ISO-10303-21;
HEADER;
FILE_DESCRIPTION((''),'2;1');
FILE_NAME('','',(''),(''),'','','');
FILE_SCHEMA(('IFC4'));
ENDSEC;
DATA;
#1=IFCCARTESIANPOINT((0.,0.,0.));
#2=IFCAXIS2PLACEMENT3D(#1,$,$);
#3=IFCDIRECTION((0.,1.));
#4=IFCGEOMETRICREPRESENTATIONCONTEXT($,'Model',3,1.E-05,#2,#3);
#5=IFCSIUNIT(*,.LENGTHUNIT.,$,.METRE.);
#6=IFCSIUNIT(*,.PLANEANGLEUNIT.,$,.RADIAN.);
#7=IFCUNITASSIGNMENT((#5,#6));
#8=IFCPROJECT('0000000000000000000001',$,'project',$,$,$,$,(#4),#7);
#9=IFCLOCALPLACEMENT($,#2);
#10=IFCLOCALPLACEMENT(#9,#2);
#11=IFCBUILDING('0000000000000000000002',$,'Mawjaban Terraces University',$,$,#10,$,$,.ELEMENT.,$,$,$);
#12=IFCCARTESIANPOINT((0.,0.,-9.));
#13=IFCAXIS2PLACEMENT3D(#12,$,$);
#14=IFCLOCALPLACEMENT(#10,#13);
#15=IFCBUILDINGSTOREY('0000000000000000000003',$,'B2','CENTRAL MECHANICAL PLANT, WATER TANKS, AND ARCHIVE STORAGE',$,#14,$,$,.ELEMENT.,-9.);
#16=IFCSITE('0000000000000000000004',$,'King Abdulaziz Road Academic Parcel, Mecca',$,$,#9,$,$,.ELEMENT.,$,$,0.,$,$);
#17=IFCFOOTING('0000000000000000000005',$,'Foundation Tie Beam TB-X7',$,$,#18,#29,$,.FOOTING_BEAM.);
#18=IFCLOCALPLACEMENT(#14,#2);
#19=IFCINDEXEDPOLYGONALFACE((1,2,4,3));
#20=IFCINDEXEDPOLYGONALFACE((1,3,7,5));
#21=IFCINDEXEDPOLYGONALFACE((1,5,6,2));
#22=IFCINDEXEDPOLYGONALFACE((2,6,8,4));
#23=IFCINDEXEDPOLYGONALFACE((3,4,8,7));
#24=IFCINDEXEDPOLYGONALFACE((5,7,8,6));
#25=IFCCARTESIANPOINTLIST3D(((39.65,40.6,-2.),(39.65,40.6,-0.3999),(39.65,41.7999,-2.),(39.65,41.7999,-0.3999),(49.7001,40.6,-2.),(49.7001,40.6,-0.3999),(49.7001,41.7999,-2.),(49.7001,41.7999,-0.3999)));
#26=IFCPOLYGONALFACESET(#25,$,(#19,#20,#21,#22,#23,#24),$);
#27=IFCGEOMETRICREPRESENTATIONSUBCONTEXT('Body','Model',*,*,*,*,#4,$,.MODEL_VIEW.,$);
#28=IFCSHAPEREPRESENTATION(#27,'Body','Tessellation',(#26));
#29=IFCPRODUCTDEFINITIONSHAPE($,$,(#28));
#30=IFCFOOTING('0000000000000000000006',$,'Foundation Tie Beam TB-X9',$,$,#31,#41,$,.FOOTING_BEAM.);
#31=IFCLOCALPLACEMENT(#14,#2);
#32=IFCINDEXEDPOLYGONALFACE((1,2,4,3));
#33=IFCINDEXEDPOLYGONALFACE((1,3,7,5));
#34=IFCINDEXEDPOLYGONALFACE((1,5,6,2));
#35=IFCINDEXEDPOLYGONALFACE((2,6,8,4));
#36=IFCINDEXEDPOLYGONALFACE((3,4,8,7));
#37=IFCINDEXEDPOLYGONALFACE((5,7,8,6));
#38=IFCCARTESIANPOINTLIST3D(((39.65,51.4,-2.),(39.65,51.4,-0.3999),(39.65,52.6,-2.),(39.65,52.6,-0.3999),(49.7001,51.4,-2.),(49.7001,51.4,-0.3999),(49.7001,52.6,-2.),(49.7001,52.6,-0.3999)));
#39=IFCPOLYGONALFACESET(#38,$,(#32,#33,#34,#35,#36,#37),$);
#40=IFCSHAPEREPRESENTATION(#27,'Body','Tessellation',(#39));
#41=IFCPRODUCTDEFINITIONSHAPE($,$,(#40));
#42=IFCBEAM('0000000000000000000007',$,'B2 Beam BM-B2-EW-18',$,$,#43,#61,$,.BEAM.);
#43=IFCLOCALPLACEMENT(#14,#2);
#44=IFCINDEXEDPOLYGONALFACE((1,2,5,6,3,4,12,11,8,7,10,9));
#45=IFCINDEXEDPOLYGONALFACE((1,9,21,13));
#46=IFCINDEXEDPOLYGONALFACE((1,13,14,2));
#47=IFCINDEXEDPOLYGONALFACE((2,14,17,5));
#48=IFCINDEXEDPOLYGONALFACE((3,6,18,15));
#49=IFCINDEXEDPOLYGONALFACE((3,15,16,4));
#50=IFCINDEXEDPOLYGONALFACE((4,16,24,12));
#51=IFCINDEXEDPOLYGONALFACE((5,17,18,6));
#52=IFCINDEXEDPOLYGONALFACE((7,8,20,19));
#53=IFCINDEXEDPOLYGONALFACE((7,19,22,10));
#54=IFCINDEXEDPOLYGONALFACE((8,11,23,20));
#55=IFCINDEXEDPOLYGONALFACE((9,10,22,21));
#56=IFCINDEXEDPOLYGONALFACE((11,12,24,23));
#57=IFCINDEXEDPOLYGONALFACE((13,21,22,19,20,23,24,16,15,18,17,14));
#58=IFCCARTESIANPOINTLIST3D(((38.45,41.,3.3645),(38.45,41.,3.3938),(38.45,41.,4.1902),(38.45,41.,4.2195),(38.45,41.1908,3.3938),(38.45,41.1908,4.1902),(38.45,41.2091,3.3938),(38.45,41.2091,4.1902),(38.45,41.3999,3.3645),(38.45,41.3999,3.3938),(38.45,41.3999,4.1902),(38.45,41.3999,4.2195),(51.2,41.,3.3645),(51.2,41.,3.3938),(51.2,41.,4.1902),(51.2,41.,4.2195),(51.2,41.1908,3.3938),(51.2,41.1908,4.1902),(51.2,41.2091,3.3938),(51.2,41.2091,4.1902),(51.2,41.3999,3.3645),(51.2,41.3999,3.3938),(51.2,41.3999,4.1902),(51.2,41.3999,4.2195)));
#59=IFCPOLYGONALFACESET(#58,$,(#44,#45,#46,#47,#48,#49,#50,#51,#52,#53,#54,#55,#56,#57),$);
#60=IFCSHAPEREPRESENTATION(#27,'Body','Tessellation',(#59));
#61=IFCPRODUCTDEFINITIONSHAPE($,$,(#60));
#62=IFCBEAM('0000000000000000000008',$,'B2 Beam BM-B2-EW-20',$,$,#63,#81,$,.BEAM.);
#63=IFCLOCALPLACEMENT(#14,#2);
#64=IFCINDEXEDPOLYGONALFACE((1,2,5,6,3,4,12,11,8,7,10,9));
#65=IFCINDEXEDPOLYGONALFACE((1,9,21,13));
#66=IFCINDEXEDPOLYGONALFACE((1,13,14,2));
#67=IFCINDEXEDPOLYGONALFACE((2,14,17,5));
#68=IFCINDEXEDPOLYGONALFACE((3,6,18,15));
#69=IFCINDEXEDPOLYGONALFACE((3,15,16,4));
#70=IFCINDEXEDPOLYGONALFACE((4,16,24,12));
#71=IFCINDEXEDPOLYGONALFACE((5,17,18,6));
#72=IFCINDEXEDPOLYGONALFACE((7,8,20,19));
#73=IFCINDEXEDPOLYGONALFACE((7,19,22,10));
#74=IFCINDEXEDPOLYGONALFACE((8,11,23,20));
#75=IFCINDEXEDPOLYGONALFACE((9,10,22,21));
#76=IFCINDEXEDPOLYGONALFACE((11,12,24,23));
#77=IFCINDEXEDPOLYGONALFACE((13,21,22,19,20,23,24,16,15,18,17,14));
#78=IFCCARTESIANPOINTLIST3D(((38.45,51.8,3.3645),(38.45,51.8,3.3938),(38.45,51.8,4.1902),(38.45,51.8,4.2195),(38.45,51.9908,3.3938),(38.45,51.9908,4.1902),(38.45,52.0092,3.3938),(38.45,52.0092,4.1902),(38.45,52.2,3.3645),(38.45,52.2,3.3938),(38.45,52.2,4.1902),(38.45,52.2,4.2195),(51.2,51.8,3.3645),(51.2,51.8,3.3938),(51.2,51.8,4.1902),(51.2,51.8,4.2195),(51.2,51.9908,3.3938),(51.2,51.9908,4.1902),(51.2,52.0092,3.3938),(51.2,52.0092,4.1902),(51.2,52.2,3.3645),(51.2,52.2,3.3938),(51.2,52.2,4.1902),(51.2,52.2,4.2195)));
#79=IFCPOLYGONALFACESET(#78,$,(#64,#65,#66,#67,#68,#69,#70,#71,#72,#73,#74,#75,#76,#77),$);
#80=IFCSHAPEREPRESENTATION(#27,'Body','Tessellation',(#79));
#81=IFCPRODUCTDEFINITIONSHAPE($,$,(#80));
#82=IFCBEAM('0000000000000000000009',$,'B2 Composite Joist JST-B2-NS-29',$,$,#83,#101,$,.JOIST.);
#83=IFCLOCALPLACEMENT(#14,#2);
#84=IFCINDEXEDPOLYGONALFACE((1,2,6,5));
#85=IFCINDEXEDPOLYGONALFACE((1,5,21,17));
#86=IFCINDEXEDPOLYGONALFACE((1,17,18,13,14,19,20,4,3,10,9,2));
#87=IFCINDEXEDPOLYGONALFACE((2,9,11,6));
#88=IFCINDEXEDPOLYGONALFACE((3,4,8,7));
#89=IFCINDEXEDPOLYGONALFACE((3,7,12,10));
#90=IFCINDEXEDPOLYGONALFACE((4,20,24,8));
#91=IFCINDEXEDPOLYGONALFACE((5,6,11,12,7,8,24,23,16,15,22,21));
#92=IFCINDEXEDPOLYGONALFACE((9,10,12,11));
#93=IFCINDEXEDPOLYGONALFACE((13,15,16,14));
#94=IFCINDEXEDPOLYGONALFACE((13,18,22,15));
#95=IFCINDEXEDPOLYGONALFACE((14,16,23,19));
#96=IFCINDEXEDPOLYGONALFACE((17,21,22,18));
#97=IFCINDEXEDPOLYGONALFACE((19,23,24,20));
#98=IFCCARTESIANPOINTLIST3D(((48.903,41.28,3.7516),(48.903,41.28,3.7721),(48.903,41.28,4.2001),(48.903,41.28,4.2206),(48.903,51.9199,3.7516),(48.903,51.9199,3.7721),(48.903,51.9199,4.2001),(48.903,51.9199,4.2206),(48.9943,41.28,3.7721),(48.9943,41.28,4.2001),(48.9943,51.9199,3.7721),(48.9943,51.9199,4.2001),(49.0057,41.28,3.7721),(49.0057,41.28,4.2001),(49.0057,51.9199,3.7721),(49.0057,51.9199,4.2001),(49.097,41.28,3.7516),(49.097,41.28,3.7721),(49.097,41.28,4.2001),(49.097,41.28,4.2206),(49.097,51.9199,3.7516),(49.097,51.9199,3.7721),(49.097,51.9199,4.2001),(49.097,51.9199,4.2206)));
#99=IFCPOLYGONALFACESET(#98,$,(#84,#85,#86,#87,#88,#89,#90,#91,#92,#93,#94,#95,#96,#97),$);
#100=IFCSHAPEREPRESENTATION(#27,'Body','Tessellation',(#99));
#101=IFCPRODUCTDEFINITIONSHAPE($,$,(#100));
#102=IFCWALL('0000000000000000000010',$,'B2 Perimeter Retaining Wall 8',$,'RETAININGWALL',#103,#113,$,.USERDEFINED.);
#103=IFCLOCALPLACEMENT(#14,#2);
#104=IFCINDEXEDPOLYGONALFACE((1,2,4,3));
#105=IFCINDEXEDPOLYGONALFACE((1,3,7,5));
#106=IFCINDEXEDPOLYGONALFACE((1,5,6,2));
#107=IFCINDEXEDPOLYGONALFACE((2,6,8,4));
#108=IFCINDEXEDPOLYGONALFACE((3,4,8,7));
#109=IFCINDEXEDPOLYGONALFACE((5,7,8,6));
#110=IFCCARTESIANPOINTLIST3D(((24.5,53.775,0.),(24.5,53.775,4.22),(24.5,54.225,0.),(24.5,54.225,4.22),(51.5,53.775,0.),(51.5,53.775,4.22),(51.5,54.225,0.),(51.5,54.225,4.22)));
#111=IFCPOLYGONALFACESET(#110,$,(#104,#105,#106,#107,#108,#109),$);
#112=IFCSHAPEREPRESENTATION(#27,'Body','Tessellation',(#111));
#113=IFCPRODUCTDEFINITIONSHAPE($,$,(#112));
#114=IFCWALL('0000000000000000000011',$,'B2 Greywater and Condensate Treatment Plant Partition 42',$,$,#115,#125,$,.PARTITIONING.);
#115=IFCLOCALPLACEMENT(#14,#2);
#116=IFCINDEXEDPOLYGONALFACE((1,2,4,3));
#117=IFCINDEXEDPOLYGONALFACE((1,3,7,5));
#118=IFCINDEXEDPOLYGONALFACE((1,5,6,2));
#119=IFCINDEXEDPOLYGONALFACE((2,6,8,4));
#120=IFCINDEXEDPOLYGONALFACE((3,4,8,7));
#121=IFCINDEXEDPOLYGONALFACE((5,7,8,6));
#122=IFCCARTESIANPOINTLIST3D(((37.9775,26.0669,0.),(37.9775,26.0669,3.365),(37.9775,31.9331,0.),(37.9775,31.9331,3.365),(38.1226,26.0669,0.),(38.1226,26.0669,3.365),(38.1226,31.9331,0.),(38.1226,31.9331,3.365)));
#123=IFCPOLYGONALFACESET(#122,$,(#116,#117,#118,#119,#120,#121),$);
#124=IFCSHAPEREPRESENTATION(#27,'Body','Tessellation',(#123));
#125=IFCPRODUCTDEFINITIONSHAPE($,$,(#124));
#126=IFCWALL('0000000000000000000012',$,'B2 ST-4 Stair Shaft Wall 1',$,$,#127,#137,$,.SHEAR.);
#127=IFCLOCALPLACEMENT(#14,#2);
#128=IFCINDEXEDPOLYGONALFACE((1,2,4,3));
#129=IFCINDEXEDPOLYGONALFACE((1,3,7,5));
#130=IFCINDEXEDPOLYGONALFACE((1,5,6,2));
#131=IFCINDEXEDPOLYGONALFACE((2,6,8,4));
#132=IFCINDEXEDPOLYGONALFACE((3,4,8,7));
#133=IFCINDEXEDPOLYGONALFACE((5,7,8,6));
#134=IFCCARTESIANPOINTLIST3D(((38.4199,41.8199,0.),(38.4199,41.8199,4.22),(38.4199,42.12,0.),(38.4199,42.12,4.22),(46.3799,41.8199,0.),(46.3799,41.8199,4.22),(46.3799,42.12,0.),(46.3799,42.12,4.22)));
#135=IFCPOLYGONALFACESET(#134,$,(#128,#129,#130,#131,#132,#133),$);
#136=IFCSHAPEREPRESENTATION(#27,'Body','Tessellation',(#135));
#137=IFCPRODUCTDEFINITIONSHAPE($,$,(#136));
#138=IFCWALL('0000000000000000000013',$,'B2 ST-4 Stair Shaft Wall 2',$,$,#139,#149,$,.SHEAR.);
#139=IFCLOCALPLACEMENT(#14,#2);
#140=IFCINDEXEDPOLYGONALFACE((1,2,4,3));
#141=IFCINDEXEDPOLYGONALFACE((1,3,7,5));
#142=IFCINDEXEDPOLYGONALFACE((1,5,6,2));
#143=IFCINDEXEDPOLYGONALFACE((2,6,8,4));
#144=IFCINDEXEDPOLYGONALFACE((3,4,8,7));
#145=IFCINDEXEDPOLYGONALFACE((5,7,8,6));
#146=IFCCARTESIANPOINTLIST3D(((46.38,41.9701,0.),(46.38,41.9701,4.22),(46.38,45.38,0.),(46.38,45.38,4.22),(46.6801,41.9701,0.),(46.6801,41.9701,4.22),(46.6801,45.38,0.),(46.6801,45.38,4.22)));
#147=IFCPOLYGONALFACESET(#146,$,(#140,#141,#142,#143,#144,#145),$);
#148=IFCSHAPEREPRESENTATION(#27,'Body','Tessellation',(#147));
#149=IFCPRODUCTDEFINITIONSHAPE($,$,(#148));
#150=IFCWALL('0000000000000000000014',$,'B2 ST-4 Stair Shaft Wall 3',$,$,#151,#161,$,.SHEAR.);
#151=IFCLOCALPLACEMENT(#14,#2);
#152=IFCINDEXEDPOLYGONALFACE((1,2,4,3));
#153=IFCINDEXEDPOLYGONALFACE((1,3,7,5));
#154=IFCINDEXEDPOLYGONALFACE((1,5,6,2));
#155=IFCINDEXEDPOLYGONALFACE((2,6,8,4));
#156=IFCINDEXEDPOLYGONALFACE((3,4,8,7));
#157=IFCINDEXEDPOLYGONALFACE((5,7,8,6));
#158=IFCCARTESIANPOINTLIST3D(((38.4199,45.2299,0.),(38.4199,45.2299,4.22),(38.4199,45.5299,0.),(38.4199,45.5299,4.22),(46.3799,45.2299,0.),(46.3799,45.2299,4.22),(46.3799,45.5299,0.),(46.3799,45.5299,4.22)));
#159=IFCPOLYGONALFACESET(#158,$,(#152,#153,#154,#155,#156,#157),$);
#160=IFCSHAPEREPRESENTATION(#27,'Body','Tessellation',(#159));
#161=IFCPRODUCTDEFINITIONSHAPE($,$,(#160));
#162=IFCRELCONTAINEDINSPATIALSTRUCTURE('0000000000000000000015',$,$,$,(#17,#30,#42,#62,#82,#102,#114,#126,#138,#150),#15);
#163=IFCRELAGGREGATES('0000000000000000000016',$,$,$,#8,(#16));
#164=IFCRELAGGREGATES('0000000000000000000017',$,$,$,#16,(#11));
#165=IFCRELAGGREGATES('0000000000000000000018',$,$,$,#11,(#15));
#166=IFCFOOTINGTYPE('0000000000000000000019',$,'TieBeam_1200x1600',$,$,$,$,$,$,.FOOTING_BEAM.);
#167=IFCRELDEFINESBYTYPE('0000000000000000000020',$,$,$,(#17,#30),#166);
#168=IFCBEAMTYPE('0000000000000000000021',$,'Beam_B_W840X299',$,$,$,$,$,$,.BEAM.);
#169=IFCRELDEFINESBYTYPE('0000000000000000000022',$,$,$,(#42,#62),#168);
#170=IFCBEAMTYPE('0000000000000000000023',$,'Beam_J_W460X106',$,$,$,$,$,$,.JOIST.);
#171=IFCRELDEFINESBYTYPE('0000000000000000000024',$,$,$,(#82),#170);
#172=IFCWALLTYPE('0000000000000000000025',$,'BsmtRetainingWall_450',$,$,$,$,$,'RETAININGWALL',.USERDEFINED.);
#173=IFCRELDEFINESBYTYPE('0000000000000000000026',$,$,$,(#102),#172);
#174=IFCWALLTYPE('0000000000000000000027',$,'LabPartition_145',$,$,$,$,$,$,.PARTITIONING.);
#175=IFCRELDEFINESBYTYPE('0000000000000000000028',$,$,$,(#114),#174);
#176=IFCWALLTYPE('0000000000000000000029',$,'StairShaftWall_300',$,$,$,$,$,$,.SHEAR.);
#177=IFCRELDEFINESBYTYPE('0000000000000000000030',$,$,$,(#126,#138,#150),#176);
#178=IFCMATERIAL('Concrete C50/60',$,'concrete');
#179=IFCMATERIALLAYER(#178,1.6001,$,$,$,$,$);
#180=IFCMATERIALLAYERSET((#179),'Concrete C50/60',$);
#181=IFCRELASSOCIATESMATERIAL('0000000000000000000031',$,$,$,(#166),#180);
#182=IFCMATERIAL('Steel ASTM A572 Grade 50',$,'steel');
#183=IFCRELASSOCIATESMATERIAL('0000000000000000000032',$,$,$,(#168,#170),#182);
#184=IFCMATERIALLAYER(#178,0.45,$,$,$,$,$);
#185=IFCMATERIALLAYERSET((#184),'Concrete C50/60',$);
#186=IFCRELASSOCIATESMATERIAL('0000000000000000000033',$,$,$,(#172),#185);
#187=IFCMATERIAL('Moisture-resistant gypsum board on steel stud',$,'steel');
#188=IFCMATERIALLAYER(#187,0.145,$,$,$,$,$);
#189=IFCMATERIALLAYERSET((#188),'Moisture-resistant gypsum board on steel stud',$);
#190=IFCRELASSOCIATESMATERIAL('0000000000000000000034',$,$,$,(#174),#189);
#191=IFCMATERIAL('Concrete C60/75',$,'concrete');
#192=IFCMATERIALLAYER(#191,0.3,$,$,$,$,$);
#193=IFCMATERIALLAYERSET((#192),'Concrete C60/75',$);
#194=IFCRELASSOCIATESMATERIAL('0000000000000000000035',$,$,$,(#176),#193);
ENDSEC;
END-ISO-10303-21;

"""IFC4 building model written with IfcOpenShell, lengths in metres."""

from ifc_helpers import new_model, si_unit, direction, frame, frame_2d, origin, origin_2d, place, context, subcontext, project, spatial, rectangle, i_section, extrude, material, layer, layer_set, material_profile, profile_set, type_object, element, save


model = new_model("IFC4")

# Units and contexts
model_context = context("Model", 3, precision=1e-05, world=origin(), true_north=direction((0.0, 1.0)))
body_context = subcontext(model_context, "Body", "Model", "MODEL_VIEW")
ifc_project = project(units=[si_unit("LENGTHUNIT", "METRE"), si_unit("PLANEANGLEUNIT", "RADIAN")], contexts=[model_context])

# Site, building, storey
site_placement = place(None, origin())
site = spatial("IfcSite", under=ifc_project, at=site_placement, Name="King Abdulaziz Road Academic Parcel, Mecca", CompositionType="ELEMENT", RefElevation=0.0)
building_placement = place(site_placement, origin())
building = spatial("IfcBuilding", under=site, at=building_placement, Name="Mawjaban Terraces University", CompositionType="ELEMENT")
storey_placement = place(building_placement, frame((0.0, 0.0, -9.0)))
storey = spatial("IfcBuildingStorey", under=building, at=storey_placement, Name="B2", Description="CENTRAL MECHANICAL PLANT, WATER TANKS, AND ARCHIVE STORAGE", CompositionType="ELEMENT", Elevation=-9.0)

# Shared definitions
ifc_material_1 = material(Name="Concrete C50/60", Category="concrete")

# Footings
ifc_layer_1 = layer(ifc_material_1, 1.6001)
ifc_layer_set_1 = layer_set([ifc_layer_1], Name="Concrete C50/60")
footing_type = type_object("IfcFootingType", Name="TieBeam_1200x1600", PredefinedType="FOOTING_BEAM", material=ifc_layer_set_1)
for number, where, z_axis, x_axis, name in (
    (1, (44.675, 41.2, -2.0), (0.0, 0.0, 1.0), (1.0, 0.0, 0.0), "Foundation Tie Beam TB-X7"),
    (2, (44.675, 52.0, -2.0), (0.0, 0.0, 1.0), (1.0, 0.0, 0.0), "Foundation Tie Beam TB-X9"),
):
    element("IfcFooting", number, at=place(storey_placement, frame(where, z_axis=z_axis, x_axis=x_axis)), inside=storey, type_object=footing_type, Name=name, PredefinedType="FOOTING_BEAM", context=body_context, shape_type="SweptSolid", body=[
        extrude(rectangle(XDim=10.05, YDim=1.2, at=origin_2d()), origin(), (0.0, 0.0, 1.0), 1.6001),
    ])

# Beams
ifc_material_2 = material(Name="Steel ASTM A572 Grade 50", Category="steel")
ifc_material_profile_1 = material_profile(ifc_material_2, i_section(OverallWidth=0.3999, OverallDepth=0.855, WebThickness=0.0183, FlangeThickness=0.0293, at=origin_2d()), Name="W840X299")
ifc_profile_set_1 = profile_set([ifc_material_profile_1], Name="Steel ASTM A572 Grade 50")
beam_type_1 = type_object("IfcBeamType", Name="Beam_B_W840X299", PredefinedType="BEAM", material=ifc_profile_set_1)
for number, where, z_axis, x_axis, name in (
    (3, (38.45, 41.2, 3.792), (1.0, 0.0, 0.0), (0.0, 1.0, 0.0), "B2 Beam BM-B2-EW-18"),
    (4, (38.45, 52.0, 3.792), (1.0, 0.0, 0.0), (0.0, 1.0, 0.0), "B2 Beam BM-B2-EW-20"),
):
    element("IfcBeam", number, at=place(storey_placement, frame(where, z_axis=z_axis, x_axis=x_axis)), inside=storey, type_object=beam_type_1, Name=name, PredefinedType="BEAM", context=body_context, shape_type="SweptSolid", body=[
        extrude(i_section(OverallWidth=0.3999, OverallDepth=0.855, WebThickness=0.0183, FlangeThickness=0.0293, at=origin_2d()), origin(), (0.0, 0.0, 1.0), 12.75),
    ])
ifc_material_profile_2 = material_profile(ifc_material_2, i_section(OverallWidth=0.1941, OverallDepth=0.469, WebThickness=0.0115, FlangeThickness=0.0205, at=origin_2d()), Name="W460X106")
ifc_profile_set_2 = profile_set([ifc_material_profile_2], Name="Steel ASTM A572 Grade 50")
beam_type_2 = type_object("IfcBeamType", Name="Beam_J_W460X106", PredefinedType="JOIST", material=ifc_profile_set_2)
beam_placement = place(storey_placement, frame((49.0, 41.28, 3.9861), z_axis=(0.0, 1.0, 0.0), x_axis=(-1.0, 0.0, 0.0)))
element("IfcBeam", 5, at=beam_placement, inside=storey, type_object=beam_type_2, Name="B2 Composite Joist JST-B2-NS-29", PredefinedType="JOIST", context=body_context, shape_type="SweptSolid", body=[
    extrude(i_section(OverallWidth=0.1941, OverallDepth=0.469, WebThickness=0.0115, FlangeThickness=0.0205, at=origin_2d()), origin(), (0.0, 0.0, 1.0), 10.6399),
])

# Walls
ifc_layer_2 = layer(ifc_material_1, 0.45)
ifc_layer_set_2 = layer_set([ifc_layer_2], Name="Concrete C50/60")
wall_type_1 = type_object("IfcWallType", Name="BsmtRetainingWall_450", ElementType="RETAININGWALL", PredefinedType="USERDEFINED", material=ifc_layer_set_2)
wall_1_placement = place(storey_placement, frame((51.5, 54.0, 0.0), z_axis=(0.0, 0.0, 1.0), x_axis=(-1.0, 0.0, 0.0)))
element("IfcWall", 6, at=wall_1_placement, inside=storey, type_object=wall_type_1, Name="B2 Perimeter Retaining Wall 8", ObjectType="RETAININGWALL", PredefinedType="USERDEFINED", context=body_context, shape_type="SweptSolid", body=[
    extrude(rectangle(XDim=27.0, YDim=0.45, at=frame_2d((13.5, 0.0))), origin(), (0.0, 0.0, 1.0), 4.22),
])
ifc_material_3 = material(Name="Moisture-resistant gypsum board on steel stud", Category="steel")
ifc_layer_3 = layer(ifc_material_3, 0.145)
ifc_layer_set_3 = layer_set([ifc_layer_3], Name="Moisture-resistant gypsum board on steel stud")
wall_type_2 = type_object("IfcWallType", Name="LabPartition_145", PredefinedType="PARTITIONING", material=ifc_layer_set_3)
wall_2_placement = place(storey_placement, frame((38.05, 31.9331, 0.0), z_axis=(0.0, 0.0, 1.0), x_axis=(0.0, -1.0, 0.0)))
element("IfcWall", 7, at=wall_2_placement, inside=storey, type_object=wall_type_2, Name="B2 Greywater and Condensate Treatment Plant Partition 42", PredefinedType="PARTITIONING", context=body_context, shape_type="SweptSolid", body=[
    extrude(rectangle(XDim=5.8662, YDim=0.145, at=frame_2d((2.9331, 0.0))), origin(), (0.0, 0.0, 1.0), 3.365),
])
ifc_material_4 = material(Name="Concrete C60/75", Category="concrete")
ifc_layer_4 = layer(ifc_material_4, 0.3)
ifc_layer_set_4 = layer_set([ifc_layer_4], Name="Concrete C60/75")
wall_type_3 = type_object("IfcWallType", Name="StairShaftWall_300", PredefinedType="SHEAR", material=ifc_layer_set_4)
wall_3_placement = place(storey_placement, frame((38.4199, 41.97, 0.0), z_axis=(0.0, 0.0, 1.0), x_axis=(1.0, 0.0, 0.0)))
element("IfcWall", 8, at=wall_3_placement, inside=storey, type_object=wall_type_3, Name="B2 ST-4 Stair Shaft Wall 1", PredefinedType="SHEAR", context=body_context, shape_type="SweptSolid", body=[
    extrude(rectangle(XDim=7.96, YDim=0.3, at=frame_2d((3.98, 0.0))), origin(), (0.0, 0.0, 1.0), 4.22),
])
wall_4_placement = place(storey_placement, frame((46.53, 41.97, 0.0), z_axis=(0.0, 0.0, 1.0), x_axis=(0.0, 1.0, 0.0)))
element("IfcWall", 9, at=wall_4_placement, inside=storey, type_object=wall_type_3, Name="B2 ST-4 Stair Shaft Wall 2", PredefinedType="SHEAR", context=body_context, shape_type="SweptSolid", body=[
    extrude(rectangle(XDim=3.4099, YDim=0.3, at=frame_2d((1.7051, 0.0))), origin(), (0.0, 0.0, 1.0), 4.22),
])
wall_5_placement = place(storey_placement, frame((46.3799, 45.3799, 0.0), z_axis=(0.0, 0.0, 1.0), x_axis=(-1.0, 0.0, 0.0)))
element("IfcWall", 10, at=wall_5_placement, inside=storey, type_object=wall_type_3, Name="B2 ST-4 Stair Shaft Wall 3", PredefinedType="SHEAR", context=body_context, shape_type="SweptSolid", body=[
    extrude(rectangle(XDim=7.96, YDim=0.3, at=frame_2d((3.98, 0.0))), origin(), (0.0, 0.0, 1.0), 4.22),
])

save(model, "model.ifc")
